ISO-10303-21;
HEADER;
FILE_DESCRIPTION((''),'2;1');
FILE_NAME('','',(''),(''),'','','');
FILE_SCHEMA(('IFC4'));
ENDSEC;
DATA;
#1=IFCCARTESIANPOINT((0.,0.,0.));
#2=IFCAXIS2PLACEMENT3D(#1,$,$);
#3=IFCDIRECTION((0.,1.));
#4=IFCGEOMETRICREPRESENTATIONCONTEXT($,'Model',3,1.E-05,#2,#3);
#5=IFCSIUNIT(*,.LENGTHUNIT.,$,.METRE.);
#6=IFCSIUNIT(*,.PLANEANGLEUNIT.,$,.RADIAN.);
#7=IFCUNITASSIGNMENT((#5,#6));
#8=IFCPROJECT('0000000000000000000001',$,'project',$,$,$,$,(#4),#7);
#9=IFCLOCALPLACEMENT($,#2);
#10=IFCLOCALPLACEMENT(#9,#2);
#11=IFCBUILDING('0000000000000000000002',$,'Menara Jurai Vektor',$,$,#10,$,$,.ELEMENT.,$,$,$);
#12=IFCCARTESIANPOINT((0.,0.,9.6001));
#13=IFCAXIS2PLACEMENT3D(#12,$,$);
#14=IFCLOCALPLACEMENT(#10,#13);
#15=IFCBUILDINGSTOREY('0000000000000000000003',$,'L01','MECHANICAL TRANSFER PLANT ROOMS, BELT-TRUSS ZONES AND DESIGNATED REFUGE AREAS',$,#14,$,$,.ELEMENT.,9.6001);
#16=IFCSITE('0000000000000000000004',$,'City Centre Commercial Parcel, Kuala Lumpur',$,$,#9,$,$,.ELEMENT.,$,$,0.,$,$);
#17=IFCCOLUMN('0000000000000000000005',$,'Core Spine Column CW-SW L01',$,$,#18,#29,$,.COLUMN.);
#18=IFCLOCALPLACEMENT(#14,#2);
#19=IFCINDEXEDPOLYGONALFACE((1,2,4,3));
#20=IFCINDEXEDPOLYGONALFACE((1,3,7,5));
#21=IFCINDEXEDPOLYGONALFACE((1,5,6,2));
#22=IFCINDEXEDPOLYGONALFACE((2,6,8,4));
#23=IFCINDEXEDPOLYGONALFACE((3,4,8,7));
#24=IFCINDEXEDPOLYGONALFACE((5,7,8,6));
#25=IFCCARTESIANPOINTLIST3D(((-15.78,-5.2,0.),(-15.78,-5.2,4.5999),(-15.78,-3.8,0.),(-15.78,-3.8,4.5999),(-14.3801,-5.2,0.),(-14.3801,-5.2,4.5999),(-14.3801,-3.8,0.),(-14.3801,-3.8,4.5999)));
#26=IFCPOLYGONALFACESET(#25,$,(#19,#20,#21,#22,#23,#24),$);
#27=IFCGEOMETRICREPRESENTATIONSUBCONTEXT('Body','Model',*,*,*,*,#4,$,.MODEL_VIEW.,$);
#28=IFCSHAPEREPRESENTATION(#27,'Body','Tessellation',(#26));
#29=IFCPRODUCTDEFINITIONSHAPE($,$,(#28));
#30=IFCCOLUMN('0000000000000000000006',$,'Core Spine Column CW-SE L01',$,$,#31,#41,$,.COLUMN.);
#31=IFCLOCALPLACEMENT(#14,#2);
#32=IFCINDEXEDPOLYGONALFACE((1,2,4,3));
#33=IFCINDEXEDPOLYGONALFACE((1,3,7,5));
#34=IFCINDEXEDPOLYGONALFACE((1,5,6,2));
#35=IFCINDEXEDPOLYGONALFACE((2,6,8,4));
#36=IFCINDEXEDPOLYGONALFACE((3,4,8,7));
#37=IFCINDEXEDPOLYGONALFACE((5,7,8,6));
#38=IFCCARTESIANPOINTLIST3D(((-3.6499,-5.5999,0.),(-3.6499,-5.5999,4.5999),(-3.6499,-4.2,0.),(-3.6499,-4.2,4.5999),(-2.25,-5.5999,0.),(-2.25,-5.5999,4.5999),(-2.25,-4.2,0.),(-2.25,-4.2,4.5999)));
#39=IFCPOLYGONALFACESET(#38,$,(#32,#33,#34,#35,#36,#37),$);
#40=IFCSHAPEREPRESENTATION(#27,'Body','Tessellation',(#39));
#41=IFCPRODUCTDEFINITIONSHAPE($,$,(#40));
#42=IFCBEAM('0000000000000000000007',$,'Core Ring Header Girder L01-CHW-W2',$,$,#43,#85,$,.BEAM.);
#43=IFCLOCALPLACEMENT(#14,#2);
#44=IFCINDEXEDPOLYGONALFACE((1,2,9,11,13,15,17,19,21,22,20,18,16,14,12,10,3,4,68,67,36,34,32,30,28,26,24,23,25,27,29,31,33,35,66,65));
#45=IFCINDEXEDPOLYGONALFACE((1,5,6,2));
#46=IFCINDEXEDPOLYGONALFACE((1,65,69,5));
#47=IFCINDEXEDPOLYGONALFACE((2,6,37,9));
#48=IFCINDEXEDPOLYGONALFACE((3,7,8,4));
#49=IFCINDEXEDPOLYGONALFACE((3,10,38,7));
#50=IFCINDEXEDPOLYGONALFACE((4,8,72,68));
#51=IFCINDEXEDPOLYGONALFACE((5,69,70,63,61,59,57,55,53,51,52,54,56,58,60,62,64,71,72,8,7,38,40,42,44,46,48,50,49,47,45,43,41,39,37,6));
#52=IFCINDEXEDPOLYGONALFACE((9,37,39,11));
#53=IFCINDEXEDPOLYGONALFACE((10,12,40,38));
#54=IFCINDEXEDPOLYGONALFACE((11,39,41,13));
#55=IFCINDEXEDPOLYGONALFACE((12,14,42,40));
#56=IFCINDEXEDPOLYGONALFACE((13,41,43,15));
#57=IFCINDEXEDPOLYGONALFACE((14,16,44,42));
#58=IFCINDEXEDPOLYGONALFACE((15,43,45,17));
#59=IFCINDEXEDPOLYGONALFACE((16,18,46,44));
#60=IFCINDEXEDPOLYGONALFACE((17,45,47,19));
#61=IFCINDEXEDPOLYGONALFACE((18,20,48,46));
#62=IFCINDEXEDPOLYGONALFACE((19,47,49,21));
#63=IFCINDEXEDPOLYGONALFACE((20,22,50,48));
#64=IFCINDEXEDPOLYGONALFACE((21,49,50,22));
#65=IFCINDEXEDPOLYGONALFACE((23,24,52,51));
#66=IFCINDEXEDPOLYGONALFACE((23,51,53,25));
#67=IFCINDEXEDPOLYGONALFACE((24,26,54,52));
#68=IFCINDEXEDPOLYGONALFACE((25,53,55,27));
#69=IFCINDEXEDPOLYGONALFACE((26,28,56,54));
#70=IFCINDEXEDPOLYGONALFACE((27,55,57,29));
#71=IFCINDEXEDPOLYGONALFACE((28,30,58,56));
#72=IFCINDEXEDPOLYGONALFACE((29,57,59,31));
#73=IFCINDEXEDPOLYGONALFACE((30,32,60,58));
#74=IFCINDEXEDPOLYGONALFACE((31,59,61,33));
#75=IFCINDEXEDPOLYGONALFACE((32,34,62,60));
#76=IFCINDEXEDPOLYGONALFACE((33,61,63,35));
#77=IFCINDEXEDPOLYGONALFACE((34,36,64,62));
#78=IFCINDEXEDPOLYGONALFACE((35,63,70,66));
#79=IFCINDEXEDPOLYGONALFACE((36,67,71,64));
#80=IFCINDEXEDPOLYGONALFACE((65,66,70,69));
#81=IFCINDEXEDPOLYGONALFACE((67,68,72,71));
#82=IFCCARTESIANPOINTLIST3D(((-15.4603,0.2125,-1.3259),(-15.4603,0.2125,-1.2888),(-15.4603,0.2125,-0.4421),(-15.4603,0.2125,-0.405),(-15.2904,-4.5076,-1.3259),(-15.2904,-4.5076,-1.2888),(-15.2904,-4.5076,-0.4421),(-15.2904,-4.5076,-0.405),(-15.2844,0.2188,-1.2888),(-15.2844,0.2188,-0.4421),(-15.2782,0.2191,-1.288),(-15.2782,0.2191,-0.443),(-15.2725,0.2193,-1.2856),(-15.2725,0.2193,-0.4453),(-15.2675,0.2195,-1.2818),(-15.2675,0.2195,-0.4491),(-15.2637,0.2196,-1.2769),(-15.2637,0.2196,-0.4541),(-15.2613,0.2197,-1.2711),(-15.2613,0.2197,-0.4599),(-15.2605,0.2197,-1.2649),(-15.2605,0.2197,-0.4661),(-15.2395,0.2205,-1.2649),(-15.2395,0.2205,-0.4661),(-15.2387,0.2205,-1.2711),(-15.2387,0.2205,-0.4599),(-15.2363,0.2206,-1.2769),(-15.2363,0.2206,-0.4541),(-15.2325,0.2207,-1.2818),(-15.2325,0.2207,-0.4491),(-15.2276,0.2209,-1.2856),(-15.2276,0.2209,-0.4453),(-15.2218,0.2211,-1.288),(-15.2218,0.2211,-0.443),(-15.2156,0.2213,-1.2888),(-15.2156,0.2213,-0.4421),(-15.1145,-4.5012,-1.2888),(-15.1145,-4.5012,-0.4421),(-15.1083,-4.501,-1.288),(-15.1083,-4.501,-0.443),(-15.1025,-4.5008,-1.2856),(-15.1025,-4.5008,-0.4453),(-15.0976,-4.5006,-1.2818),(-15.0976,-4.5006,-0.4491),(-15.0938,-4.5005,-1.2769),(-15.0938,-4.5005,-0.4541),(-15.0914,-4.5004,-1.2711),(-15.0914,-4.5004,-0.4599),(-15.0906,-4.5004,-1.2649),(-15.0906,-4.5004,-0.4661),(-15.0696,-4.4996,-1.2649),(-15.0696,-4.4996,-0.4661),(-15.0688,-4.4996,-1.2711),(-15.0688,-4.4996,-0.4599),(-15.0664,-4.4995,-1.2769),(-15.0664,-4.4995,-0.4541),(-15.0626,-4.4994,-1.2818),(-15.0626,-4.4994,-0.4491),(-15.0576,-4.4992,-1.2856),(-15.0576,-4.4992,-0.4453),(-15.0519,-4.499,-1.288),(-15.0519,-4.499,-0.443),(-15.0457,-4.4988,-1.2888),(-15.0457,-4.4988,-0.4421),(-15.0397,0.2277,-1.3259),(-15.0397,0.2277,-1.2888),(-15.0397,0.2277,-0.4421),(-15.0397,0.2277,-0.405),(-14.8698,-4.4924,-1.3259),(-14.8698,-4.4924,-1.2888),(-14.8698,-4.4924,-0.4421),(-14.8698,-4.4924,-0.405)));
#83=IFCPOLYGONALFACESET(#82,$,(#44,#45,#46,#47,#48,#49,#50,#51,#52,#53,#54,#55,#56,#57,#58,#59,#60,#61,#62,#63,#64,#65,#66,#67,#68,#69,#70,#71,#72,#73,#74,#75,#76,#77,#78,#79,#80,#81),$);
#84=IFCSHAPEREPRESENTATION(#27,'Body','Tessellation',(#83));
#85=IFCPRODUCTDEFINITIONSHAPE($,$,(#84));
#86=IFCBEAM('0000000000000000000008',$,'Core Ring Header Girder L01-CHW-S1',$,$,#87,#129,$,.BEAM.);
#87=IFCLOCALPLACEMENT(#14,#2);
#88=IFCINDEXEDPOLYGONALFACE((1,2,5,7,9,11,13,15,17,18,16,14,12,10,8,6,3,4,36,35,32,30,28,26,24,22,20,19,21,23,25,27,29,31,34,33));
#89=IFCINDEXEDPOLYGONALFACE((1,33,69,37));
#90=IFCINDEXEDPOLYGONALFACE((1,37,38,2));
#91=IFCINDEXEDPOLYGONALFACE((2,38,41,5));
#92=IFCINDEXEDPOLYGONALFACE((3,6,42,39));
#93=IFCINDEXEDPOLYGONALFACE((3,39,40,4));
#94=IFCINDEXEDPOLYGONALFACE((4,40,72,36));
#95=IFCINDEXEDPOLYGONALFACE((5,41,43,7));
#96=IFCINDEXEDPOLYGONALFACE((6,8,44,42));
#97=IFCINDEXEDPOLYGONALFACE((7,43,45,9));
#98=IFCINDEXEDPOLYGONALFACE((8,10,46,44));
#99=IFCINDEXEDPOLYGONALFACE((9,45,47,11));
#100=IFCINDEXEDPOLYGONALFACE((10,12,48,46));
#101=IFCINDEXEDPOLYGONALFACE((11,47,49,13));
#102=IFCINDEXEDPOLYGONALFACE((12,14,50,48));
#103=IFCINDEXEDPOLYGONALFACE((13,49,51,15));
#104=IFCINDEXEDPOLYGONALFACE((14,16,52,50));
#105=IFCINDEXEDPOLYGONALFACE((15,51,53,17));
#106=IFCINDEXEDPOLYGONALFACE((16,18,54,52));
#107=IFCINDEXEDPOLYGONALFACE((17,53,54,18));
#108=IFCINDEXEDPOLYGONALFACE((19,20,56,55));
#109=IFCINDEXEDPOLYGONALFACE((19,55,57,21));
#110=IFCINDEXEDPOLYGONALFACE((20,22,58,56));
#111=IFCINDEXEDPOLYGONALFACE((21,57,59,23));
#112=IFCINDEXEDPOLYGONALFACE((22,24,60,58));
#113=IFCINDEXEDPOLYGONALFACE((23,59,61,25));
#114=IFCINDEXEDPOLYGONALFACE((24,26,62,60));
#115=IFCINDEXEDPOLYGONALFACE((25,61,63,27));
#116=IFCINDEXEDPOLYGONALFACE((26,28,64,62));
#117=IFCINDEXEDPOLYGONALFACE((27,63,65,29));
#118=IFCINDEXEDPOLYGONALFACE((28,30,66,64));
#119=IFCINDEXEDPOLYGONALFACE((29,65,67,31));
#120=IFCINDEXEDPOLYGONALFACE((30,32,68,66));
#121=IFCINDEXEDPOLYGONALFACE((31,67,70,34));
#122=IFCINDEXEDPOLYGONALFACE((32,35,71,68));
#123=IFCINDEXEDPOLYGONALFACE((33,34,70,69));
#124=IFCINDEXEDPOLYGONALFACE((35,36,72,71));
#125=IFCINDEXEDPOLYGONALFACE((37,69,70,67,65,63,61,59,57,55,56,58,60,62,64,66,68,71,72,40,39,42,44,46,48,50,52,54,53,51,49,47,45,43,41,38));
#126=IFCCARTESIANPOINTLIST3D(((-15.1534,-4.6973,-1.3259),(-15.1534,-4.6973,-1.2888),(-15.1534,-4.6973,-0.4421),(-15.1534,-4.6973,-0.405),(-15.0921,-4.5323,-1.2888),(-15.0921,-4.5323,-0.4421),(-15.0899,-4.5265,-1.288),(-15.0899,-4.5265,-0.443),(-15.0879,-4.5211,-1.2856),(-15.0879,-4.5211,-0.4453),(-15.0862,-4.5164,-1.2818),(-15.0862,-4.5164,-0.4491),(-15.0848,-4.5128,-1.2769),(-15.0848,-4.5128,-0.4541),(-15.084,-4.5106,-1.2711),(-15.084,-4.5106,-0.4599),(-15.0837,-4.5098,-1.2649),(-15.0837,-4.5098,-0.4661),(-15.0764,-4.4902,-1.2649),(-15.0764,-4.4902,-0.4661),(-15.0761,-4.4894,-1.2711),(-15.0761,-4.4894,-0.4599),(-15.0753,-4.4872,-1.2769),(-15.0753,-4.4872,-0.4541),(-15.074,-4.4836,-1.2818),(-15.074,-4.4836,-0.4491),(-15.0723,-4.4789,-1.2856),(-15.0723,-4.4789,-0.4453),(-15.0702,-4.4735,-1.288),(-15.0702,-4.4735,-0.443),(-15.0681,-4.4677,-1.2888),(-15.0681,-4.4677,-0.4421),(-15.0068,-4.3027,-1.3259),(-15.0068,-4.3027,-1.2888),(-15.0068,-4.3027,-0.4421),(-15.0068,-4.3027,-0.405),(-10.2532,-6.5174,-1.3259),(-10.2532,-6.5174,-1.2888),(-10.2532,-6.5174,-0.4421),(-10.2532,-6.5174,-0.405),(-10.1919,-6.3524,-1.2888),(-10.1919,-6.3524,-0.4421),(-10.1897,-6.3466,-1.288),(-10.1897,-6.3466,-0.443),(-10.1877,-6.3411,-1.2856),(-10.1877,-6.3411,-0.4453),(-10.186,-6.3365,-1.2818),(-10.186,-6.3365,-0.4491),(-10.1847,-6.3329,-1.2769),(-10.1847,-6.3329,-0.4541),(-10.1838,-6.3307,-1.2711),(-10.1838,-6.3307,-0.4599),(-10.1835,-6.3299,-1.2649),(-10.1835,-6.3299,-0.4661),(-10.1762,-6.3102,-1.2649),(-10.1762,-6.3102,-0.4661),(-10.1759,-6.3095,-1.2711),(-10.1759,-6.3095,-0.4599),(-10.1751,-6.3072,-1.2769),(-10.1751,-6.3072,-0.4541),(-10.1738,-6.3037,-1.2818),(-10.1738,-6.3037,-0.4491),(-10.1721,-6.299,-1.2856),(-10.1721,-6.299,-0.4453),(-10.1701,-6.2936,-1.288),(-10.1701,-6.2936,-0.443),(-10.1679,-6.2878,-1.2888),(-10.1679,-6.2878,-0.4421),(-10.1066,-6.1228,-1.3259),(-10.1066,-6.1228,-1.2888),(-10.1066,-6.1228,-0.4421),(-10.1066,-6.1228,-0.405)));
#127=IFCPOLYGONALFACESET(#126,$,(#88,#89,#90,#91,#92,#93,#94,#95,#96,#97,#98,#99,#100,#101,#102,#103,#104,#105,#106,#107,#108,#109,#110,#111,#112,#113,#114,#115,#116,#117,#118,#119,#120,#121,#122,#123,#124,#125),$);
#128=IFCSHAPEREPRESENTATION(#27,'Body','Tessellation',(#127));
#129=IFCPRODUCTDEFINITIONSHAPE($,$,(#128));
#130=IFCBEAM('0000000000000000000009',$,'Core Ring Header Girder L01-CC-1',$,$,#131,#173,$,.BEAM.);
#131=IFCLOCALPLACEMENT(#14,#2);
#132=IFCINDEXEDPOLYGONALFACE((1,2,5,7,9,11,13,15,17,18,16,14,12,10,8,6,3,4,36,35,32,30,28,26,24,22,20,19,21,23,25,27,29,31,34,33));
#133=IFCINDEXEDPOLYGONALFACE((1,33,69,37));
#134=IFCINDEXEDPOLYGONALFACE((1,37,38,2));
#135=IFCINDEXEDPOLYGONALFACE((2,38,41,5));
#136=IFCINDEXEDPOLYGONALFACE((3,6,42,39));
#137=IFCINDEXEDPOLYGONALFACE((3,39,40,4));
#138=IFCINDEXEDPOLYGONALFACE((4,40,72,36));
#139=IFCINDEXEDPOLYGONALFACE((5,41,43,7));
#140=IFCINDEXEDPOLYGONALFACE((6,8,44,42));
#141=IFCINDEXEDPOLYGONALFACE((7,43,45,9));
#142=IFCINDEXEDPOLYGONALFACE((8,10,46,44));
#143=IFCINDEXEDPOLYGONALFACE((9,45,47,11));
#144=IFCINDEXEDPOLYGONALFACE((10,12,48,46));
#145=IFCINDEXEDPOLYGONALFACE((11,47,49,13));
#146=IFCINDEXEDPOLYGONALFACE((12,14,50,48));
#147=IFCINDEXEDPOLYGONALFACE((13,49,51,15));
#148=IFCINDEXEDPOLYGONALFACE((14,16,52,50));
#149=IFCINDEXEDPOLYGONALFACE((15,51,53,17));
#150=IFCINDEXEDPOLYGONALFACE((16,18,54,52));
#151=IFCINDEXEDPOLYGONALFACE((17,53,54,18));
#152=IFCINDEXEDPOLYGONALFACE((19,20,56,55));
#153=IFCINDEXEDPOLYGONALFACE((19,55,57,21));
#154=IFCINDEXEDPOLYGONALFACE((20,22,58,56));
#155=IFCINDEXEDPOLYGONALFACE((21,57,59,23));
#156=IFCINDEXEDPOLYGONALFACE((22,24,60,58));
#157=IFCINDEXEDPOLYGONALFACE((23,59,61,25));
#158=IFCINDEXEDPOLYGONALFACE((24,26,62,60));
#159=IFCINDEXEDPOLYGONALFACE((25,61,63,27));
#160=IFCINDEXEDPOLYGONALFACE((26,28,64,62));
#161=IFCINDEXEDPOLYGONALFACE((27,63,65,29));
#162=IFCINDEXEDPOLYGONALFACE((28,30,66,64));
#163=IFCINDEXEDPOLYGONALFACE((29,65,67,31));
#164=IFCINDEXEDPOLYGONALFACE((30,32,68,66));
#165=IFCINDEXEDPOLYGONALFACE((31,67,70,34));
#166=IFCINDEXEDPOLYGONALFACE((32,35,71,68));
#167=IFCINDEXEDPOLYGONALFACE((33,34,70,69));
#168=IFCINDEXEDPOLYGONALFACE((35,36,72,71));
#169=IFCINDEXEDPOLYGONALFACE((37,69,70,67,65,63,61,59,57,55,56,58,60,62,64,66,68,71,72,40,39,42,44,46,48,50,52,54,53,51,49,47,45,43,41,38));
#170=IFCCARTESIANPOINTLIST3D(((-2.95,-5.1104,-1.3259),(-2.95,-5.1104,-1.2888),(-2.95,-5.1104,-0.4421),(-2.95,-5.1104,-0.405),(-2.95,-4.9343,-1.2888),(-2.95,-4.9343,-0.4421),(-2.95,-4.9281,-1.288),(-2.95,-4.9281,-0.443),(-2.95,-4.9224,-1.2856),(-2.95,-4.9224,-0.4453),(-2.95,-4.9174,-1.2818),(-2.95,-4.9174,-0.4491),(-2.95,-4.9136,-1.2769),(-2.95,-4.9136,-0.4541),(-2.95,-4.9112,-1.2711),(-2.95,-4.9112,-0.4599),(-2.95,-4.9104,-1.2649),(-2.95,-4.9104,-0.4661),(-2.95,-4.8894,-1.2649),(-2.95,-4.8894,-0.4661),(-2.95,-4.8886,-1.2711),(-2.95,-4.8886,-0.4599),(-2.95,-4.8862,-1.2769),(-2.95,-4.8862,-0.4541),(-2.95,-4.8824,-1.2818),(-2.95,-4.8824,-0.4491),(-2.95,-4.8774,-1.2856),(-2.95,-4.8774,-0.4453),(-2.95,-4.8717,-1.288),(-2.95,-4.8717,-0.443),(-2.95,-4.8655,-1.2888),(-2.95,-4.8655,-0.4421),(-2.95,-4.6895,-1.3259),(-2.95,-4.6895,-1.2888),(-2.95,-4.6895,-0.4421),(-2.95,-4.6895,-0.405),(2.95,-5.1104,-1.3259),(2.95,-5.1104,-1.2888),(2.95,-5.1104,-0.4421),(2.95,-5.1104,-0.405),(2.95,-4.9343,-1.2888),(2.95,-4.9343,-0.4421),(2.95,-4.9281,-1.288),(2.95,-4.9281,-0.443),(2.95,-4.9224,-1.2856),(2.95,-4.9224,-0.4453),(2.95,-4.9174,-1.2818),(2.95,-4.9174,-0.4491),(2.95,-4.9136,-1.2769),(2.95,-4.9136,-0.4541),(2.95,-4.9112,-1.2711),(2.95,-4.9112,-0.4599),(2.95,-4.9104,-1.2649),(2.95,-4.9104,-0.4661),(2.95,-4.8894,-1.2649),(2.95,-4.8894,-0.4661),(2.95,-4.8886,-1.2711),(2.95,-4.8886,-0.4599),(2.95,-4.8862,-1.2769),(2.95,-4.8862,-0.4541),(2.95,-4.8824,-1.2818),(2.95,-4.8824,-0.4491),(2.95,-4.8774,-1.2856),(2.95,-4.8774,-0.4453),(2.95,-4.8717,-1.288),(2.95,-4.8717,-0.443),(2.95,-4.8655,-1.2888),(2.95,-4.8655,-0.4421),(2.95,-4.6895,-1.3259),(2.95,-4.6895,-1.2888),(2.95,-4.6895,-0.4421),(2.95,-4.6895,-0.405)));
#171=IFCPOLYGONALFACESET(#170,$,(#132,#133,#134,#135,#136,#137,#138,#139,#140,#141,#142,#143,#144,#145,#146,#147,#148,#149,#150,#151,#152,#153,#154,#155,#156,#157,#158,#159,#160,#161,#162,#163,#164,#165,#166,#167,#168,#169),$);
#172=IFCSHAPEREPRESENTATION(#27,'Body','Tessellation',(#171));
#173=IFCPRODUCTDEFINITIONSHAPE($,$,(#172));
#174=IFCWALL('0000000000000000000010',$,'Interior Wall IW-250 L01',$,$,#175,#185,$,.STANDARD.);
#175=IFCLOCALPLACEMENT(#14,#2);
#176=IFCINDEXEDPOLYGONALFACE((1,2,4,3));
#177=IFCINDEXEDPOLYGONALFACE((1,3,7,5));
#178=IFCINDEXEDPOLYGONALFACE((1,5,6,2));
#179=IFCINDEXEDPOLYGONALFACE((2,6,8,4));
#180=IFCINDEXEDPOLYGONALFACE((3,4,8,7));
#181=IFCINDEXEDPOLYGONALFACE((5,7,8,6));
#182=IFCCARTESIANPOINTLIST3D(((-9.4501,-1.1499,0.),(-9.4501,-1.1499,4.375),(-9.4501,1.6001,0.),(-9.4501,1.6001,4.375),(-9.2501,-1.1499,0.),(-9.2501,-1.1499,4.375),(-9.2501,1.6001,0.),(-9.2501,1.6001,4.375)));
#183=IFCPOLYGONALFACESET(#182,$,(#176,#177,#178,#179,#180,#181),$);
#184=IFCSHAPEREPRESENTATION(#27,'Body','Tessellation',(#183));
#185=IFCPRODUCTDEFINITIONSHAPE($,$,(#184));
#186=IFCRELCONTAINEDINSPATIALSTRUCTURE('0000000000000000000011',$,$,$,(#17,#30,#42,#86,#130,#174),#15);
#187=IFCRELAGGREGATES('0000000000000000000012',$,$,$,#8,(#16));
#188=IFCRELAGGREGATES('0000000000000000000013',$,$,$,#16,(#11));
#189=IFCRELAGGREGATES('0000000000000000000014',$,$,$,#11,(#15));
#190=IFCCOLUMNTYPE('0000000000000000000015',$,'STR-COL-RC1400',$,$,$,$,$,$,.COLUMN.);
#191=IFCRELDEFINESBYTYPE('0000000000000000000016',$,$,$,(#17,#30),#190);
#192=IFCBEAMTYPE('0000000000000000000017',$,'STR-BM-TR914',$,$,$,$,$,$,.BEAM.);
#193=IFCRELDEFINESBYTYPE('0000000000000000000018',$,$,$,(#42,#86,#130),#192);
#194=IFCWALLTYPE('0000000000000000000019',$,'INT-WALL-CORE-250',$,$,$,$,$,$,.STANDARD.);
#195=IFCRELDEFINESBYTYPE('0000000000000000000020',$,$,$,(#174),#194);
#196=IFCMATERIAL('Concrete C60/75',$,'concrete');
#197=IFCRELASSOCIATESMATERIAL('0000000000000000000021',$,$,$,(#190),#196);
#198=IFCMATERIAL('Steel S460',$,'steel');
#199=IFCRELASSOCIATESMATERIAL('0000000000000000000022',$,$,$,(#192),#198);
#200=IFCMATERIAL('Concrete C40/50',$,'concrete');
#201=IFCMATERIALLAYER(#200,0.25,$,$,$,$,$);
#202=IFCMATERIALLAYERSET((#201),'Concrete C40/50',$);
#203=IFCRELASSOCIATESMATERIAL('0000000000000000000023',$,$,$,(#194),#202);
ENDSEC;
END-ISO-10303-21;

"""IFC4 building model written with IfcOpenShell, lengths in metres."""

from ifc_helpers import new_model, si_unit, direction, frame, frame_2d, origin, origin_2d, place, context, subcontext, project, spatial, rectangle, i_section, extrude, material, layer, layer_set, material_profile, profile_set, type_object, element, save


model = new_model("IFC4")

# Units and contexts
model_context = context("Model", 3, precision=1e-05, world=origin(), true_north=direction((0.0, 1.0)))
body_context = subcontext(model_context, "Body", "Model", "MODEL_VIEW")
ifc_project = project(units=[si_unit("LENGTHUNIT", "METRE"), si_unit("PLANEANGLEUNIT", "RADIAN")], contexts=[model_context])

# Site, building, storey
site_placement = place(None, origin())
site = spatial("IfcSite", under=ifc_project, at=site_placement, Name="City Centre Commercial Parcel, Kuala Lumpur", CompositionType="ELEMENT", RefElevation=0.0)
building_placement = place(site_placement, origin())
building = spatial("IfcBuilding", under=site, at=building_placement, Name="Menara Jurai Vektor", CompositionType="ELEMENT")
storey_placement = place(building_placement, frame((0.0, 0.0, 9.6001)))
storey = spatial("IfcBuildingStorey", under=building, at=storey_placement, Name="L01", Description="MECHANICAL TRANSFER PLANT ROOMS, BELT-TRUSS ZONES AND DESIGNATED REFUGE AREAS", CompositionType="ELEMENT", Elevation=9.6001)

# Columns
ifc_material_1 = material(Name="Concrete C60/75", Category="concrete")
ifc_material_profile_1 = material_profile(ifc_material_1, rectangle(XDim=1.3999, YDim=1.3999, at=origin_2d()), Name="RC 1400x1400")
ifc_profile_set_1 = profile_set([ifc_material_profile_1], Name="Concrete C60/75")
column_type = type_object("IfcColumnType", Name="STR-COL-RC1400", PredefinedType="COLUMN", material=ifc_profile_set_1)
for number, where, z_axis, x_axis, name in (
    (1, (-15.0801, -4.5, 0.0), (0.0, 0.0, 1.0), (1.0, 0.0, 0.0), "Core Spine Column CW-SW L01"),
    (2, (-2.95, -4.8999, 0.0), (0.0, 0.0, 1.0), (1.0, 0.0, 0.0), "Core Spine Column CW-SE L01"),
):
    element("IfcColumn", number, at=place(storey_placement, frame(where, z_axis=z_axis, x_axis=x_axis)), inside=storey, type_object=column_type, Name=name, PredefinedType="COLUMN", context=body_context, shape_type="SweptSolid", body=[
        extrude(rectangle(XDim=1.3999, YDim=1.3999, at=origin_2d()), origin(), (0.0, 0.0, 1.0), 4.5999),
    ])

# Beams
ifc_material_2 = material(Name="Steel S460", Category="steel")
ifc_material_profile_2 = material_profile(ifc_material_2, i_section(OverallWidth=0.4209, OverallDepth=0.9209, WebThickness=0.021, FlangeThickness=0.0371, FilletRadius=0.0239, at=origin_2d()), Name="UKB 914x419x388")
ifc_profile_set_2 = profile_set([ifc_material_profile_2], Name="Steel S460")
beam_type = type_object("IfcBeamType", Name="STR-BM-TR914", PredefinedType="BEAM", material=ifc_profile_set_2)
beam_1_placement = place(storey_placement, frame((-15.0801, -4.5, -0.8655), z_axis=(-0.035977, 0.999353, 0.0), x_axis=(-0.999353, -0.035977, 0.0)))
element("IfcBeam", 3, at=beam_1_placement, inside=storey, type_object=beam_type, Name="Core Ring Header Girder L01-CHW-W2", PredefinedType="BEAM", context=body_context, shape_type="SweptSolid", body=[
    extrude(i_section(OverallWidth=0.4209, OverallDepth=0.9209, WebThickness=0.021, FlangeThickness=0.0371, FilletRadius=0.0239, at=origin_2d()), origin(), (0.0, 0.0, 1.0), 4.7231),
])
beam_2_placement = place(storey_placement, frame((-15.0801, -4.5, -0.8655), z_axis=(0.937424, -0.348189, 0.0), x_axis=(0.348189, 0.937424, 0.0)))
element("IfcBeam", 4, at=beam_2_placement, inside=storey, type_object=beam_type, Name="Core Ring Header Girder L01-CHW-S1", PredefinedType="BEAM", context=body_context, shape_type="SweptSolid", body=[
    extrude(i_section(OverallWidth=0.4209, OverallDepth=0.9209, WebThickness=0.021, FlangeThickness=0.0371, FilletRadius=0.0239, at=origin_2d()), origin(), (0.0, 0.0, 1.0), 5.2273),
])
beam_3_placement = place(storey_placement, frame((-2.95, -4.8999, -0.8655), z_axis=(1.0, 0.0, 0.0), x_axis=(0.0, 1.0, 0.0)))
element("IfcBeam", 5, at=beam_3_placement, inside=storey, type_object=beam_type, Name="Core Ring Header Girder L01-CC-1", PredefinedType="BEAM", context=body_context, shape_type="SweptSolid", body=[
    extrude(i_section(OverallWidth=0.4209, OverallDepth=0.9209, WebThickness=0.021, FlangeThickness=0.0371, FilletRadius=0.0239, at=origin_2d()), origin(), (0.0, 0.0, 1.0), 5.8999),
])

# Shared definitions
ifc_material_3 = material(Name="Concrete C40/50", Category="concrete")
ifc_layer_1 = layer(ifc_material_3, 0.25)
ifc_layer_set_1 = layer_set([ifc_layer_1], Name="Concrete C40/50")
wall_type_1 = type_object("IfcWallType", Name="INT-WALL-CORE-250", PredefinedType="STANDARD", material=ifc_layer_set_1)

# Wall
wall_1_placement = place(storey_placement, frame((-9.3501, -1.1499, 0.0), z_axis=(0.0, 0.0, 1.0), x_axis=(0.0, 1.0, 0.0)))
element("IfcWall", 6, at=wall_1_placement, inside=storey, type_object=wall_type_1, Name="Interior Wall IW-250 L01", PredefinedType="STANDARD", context=body_context, shape_type="SweptSolid", body=[
    extrude(rectangle(XDim=2.75, YDim=0.2, at=frame_2d((1.375, 0.0))), origin(), (0.0, 0.0, 1.0), 4.375),
])

save(model, "model.ifc")
